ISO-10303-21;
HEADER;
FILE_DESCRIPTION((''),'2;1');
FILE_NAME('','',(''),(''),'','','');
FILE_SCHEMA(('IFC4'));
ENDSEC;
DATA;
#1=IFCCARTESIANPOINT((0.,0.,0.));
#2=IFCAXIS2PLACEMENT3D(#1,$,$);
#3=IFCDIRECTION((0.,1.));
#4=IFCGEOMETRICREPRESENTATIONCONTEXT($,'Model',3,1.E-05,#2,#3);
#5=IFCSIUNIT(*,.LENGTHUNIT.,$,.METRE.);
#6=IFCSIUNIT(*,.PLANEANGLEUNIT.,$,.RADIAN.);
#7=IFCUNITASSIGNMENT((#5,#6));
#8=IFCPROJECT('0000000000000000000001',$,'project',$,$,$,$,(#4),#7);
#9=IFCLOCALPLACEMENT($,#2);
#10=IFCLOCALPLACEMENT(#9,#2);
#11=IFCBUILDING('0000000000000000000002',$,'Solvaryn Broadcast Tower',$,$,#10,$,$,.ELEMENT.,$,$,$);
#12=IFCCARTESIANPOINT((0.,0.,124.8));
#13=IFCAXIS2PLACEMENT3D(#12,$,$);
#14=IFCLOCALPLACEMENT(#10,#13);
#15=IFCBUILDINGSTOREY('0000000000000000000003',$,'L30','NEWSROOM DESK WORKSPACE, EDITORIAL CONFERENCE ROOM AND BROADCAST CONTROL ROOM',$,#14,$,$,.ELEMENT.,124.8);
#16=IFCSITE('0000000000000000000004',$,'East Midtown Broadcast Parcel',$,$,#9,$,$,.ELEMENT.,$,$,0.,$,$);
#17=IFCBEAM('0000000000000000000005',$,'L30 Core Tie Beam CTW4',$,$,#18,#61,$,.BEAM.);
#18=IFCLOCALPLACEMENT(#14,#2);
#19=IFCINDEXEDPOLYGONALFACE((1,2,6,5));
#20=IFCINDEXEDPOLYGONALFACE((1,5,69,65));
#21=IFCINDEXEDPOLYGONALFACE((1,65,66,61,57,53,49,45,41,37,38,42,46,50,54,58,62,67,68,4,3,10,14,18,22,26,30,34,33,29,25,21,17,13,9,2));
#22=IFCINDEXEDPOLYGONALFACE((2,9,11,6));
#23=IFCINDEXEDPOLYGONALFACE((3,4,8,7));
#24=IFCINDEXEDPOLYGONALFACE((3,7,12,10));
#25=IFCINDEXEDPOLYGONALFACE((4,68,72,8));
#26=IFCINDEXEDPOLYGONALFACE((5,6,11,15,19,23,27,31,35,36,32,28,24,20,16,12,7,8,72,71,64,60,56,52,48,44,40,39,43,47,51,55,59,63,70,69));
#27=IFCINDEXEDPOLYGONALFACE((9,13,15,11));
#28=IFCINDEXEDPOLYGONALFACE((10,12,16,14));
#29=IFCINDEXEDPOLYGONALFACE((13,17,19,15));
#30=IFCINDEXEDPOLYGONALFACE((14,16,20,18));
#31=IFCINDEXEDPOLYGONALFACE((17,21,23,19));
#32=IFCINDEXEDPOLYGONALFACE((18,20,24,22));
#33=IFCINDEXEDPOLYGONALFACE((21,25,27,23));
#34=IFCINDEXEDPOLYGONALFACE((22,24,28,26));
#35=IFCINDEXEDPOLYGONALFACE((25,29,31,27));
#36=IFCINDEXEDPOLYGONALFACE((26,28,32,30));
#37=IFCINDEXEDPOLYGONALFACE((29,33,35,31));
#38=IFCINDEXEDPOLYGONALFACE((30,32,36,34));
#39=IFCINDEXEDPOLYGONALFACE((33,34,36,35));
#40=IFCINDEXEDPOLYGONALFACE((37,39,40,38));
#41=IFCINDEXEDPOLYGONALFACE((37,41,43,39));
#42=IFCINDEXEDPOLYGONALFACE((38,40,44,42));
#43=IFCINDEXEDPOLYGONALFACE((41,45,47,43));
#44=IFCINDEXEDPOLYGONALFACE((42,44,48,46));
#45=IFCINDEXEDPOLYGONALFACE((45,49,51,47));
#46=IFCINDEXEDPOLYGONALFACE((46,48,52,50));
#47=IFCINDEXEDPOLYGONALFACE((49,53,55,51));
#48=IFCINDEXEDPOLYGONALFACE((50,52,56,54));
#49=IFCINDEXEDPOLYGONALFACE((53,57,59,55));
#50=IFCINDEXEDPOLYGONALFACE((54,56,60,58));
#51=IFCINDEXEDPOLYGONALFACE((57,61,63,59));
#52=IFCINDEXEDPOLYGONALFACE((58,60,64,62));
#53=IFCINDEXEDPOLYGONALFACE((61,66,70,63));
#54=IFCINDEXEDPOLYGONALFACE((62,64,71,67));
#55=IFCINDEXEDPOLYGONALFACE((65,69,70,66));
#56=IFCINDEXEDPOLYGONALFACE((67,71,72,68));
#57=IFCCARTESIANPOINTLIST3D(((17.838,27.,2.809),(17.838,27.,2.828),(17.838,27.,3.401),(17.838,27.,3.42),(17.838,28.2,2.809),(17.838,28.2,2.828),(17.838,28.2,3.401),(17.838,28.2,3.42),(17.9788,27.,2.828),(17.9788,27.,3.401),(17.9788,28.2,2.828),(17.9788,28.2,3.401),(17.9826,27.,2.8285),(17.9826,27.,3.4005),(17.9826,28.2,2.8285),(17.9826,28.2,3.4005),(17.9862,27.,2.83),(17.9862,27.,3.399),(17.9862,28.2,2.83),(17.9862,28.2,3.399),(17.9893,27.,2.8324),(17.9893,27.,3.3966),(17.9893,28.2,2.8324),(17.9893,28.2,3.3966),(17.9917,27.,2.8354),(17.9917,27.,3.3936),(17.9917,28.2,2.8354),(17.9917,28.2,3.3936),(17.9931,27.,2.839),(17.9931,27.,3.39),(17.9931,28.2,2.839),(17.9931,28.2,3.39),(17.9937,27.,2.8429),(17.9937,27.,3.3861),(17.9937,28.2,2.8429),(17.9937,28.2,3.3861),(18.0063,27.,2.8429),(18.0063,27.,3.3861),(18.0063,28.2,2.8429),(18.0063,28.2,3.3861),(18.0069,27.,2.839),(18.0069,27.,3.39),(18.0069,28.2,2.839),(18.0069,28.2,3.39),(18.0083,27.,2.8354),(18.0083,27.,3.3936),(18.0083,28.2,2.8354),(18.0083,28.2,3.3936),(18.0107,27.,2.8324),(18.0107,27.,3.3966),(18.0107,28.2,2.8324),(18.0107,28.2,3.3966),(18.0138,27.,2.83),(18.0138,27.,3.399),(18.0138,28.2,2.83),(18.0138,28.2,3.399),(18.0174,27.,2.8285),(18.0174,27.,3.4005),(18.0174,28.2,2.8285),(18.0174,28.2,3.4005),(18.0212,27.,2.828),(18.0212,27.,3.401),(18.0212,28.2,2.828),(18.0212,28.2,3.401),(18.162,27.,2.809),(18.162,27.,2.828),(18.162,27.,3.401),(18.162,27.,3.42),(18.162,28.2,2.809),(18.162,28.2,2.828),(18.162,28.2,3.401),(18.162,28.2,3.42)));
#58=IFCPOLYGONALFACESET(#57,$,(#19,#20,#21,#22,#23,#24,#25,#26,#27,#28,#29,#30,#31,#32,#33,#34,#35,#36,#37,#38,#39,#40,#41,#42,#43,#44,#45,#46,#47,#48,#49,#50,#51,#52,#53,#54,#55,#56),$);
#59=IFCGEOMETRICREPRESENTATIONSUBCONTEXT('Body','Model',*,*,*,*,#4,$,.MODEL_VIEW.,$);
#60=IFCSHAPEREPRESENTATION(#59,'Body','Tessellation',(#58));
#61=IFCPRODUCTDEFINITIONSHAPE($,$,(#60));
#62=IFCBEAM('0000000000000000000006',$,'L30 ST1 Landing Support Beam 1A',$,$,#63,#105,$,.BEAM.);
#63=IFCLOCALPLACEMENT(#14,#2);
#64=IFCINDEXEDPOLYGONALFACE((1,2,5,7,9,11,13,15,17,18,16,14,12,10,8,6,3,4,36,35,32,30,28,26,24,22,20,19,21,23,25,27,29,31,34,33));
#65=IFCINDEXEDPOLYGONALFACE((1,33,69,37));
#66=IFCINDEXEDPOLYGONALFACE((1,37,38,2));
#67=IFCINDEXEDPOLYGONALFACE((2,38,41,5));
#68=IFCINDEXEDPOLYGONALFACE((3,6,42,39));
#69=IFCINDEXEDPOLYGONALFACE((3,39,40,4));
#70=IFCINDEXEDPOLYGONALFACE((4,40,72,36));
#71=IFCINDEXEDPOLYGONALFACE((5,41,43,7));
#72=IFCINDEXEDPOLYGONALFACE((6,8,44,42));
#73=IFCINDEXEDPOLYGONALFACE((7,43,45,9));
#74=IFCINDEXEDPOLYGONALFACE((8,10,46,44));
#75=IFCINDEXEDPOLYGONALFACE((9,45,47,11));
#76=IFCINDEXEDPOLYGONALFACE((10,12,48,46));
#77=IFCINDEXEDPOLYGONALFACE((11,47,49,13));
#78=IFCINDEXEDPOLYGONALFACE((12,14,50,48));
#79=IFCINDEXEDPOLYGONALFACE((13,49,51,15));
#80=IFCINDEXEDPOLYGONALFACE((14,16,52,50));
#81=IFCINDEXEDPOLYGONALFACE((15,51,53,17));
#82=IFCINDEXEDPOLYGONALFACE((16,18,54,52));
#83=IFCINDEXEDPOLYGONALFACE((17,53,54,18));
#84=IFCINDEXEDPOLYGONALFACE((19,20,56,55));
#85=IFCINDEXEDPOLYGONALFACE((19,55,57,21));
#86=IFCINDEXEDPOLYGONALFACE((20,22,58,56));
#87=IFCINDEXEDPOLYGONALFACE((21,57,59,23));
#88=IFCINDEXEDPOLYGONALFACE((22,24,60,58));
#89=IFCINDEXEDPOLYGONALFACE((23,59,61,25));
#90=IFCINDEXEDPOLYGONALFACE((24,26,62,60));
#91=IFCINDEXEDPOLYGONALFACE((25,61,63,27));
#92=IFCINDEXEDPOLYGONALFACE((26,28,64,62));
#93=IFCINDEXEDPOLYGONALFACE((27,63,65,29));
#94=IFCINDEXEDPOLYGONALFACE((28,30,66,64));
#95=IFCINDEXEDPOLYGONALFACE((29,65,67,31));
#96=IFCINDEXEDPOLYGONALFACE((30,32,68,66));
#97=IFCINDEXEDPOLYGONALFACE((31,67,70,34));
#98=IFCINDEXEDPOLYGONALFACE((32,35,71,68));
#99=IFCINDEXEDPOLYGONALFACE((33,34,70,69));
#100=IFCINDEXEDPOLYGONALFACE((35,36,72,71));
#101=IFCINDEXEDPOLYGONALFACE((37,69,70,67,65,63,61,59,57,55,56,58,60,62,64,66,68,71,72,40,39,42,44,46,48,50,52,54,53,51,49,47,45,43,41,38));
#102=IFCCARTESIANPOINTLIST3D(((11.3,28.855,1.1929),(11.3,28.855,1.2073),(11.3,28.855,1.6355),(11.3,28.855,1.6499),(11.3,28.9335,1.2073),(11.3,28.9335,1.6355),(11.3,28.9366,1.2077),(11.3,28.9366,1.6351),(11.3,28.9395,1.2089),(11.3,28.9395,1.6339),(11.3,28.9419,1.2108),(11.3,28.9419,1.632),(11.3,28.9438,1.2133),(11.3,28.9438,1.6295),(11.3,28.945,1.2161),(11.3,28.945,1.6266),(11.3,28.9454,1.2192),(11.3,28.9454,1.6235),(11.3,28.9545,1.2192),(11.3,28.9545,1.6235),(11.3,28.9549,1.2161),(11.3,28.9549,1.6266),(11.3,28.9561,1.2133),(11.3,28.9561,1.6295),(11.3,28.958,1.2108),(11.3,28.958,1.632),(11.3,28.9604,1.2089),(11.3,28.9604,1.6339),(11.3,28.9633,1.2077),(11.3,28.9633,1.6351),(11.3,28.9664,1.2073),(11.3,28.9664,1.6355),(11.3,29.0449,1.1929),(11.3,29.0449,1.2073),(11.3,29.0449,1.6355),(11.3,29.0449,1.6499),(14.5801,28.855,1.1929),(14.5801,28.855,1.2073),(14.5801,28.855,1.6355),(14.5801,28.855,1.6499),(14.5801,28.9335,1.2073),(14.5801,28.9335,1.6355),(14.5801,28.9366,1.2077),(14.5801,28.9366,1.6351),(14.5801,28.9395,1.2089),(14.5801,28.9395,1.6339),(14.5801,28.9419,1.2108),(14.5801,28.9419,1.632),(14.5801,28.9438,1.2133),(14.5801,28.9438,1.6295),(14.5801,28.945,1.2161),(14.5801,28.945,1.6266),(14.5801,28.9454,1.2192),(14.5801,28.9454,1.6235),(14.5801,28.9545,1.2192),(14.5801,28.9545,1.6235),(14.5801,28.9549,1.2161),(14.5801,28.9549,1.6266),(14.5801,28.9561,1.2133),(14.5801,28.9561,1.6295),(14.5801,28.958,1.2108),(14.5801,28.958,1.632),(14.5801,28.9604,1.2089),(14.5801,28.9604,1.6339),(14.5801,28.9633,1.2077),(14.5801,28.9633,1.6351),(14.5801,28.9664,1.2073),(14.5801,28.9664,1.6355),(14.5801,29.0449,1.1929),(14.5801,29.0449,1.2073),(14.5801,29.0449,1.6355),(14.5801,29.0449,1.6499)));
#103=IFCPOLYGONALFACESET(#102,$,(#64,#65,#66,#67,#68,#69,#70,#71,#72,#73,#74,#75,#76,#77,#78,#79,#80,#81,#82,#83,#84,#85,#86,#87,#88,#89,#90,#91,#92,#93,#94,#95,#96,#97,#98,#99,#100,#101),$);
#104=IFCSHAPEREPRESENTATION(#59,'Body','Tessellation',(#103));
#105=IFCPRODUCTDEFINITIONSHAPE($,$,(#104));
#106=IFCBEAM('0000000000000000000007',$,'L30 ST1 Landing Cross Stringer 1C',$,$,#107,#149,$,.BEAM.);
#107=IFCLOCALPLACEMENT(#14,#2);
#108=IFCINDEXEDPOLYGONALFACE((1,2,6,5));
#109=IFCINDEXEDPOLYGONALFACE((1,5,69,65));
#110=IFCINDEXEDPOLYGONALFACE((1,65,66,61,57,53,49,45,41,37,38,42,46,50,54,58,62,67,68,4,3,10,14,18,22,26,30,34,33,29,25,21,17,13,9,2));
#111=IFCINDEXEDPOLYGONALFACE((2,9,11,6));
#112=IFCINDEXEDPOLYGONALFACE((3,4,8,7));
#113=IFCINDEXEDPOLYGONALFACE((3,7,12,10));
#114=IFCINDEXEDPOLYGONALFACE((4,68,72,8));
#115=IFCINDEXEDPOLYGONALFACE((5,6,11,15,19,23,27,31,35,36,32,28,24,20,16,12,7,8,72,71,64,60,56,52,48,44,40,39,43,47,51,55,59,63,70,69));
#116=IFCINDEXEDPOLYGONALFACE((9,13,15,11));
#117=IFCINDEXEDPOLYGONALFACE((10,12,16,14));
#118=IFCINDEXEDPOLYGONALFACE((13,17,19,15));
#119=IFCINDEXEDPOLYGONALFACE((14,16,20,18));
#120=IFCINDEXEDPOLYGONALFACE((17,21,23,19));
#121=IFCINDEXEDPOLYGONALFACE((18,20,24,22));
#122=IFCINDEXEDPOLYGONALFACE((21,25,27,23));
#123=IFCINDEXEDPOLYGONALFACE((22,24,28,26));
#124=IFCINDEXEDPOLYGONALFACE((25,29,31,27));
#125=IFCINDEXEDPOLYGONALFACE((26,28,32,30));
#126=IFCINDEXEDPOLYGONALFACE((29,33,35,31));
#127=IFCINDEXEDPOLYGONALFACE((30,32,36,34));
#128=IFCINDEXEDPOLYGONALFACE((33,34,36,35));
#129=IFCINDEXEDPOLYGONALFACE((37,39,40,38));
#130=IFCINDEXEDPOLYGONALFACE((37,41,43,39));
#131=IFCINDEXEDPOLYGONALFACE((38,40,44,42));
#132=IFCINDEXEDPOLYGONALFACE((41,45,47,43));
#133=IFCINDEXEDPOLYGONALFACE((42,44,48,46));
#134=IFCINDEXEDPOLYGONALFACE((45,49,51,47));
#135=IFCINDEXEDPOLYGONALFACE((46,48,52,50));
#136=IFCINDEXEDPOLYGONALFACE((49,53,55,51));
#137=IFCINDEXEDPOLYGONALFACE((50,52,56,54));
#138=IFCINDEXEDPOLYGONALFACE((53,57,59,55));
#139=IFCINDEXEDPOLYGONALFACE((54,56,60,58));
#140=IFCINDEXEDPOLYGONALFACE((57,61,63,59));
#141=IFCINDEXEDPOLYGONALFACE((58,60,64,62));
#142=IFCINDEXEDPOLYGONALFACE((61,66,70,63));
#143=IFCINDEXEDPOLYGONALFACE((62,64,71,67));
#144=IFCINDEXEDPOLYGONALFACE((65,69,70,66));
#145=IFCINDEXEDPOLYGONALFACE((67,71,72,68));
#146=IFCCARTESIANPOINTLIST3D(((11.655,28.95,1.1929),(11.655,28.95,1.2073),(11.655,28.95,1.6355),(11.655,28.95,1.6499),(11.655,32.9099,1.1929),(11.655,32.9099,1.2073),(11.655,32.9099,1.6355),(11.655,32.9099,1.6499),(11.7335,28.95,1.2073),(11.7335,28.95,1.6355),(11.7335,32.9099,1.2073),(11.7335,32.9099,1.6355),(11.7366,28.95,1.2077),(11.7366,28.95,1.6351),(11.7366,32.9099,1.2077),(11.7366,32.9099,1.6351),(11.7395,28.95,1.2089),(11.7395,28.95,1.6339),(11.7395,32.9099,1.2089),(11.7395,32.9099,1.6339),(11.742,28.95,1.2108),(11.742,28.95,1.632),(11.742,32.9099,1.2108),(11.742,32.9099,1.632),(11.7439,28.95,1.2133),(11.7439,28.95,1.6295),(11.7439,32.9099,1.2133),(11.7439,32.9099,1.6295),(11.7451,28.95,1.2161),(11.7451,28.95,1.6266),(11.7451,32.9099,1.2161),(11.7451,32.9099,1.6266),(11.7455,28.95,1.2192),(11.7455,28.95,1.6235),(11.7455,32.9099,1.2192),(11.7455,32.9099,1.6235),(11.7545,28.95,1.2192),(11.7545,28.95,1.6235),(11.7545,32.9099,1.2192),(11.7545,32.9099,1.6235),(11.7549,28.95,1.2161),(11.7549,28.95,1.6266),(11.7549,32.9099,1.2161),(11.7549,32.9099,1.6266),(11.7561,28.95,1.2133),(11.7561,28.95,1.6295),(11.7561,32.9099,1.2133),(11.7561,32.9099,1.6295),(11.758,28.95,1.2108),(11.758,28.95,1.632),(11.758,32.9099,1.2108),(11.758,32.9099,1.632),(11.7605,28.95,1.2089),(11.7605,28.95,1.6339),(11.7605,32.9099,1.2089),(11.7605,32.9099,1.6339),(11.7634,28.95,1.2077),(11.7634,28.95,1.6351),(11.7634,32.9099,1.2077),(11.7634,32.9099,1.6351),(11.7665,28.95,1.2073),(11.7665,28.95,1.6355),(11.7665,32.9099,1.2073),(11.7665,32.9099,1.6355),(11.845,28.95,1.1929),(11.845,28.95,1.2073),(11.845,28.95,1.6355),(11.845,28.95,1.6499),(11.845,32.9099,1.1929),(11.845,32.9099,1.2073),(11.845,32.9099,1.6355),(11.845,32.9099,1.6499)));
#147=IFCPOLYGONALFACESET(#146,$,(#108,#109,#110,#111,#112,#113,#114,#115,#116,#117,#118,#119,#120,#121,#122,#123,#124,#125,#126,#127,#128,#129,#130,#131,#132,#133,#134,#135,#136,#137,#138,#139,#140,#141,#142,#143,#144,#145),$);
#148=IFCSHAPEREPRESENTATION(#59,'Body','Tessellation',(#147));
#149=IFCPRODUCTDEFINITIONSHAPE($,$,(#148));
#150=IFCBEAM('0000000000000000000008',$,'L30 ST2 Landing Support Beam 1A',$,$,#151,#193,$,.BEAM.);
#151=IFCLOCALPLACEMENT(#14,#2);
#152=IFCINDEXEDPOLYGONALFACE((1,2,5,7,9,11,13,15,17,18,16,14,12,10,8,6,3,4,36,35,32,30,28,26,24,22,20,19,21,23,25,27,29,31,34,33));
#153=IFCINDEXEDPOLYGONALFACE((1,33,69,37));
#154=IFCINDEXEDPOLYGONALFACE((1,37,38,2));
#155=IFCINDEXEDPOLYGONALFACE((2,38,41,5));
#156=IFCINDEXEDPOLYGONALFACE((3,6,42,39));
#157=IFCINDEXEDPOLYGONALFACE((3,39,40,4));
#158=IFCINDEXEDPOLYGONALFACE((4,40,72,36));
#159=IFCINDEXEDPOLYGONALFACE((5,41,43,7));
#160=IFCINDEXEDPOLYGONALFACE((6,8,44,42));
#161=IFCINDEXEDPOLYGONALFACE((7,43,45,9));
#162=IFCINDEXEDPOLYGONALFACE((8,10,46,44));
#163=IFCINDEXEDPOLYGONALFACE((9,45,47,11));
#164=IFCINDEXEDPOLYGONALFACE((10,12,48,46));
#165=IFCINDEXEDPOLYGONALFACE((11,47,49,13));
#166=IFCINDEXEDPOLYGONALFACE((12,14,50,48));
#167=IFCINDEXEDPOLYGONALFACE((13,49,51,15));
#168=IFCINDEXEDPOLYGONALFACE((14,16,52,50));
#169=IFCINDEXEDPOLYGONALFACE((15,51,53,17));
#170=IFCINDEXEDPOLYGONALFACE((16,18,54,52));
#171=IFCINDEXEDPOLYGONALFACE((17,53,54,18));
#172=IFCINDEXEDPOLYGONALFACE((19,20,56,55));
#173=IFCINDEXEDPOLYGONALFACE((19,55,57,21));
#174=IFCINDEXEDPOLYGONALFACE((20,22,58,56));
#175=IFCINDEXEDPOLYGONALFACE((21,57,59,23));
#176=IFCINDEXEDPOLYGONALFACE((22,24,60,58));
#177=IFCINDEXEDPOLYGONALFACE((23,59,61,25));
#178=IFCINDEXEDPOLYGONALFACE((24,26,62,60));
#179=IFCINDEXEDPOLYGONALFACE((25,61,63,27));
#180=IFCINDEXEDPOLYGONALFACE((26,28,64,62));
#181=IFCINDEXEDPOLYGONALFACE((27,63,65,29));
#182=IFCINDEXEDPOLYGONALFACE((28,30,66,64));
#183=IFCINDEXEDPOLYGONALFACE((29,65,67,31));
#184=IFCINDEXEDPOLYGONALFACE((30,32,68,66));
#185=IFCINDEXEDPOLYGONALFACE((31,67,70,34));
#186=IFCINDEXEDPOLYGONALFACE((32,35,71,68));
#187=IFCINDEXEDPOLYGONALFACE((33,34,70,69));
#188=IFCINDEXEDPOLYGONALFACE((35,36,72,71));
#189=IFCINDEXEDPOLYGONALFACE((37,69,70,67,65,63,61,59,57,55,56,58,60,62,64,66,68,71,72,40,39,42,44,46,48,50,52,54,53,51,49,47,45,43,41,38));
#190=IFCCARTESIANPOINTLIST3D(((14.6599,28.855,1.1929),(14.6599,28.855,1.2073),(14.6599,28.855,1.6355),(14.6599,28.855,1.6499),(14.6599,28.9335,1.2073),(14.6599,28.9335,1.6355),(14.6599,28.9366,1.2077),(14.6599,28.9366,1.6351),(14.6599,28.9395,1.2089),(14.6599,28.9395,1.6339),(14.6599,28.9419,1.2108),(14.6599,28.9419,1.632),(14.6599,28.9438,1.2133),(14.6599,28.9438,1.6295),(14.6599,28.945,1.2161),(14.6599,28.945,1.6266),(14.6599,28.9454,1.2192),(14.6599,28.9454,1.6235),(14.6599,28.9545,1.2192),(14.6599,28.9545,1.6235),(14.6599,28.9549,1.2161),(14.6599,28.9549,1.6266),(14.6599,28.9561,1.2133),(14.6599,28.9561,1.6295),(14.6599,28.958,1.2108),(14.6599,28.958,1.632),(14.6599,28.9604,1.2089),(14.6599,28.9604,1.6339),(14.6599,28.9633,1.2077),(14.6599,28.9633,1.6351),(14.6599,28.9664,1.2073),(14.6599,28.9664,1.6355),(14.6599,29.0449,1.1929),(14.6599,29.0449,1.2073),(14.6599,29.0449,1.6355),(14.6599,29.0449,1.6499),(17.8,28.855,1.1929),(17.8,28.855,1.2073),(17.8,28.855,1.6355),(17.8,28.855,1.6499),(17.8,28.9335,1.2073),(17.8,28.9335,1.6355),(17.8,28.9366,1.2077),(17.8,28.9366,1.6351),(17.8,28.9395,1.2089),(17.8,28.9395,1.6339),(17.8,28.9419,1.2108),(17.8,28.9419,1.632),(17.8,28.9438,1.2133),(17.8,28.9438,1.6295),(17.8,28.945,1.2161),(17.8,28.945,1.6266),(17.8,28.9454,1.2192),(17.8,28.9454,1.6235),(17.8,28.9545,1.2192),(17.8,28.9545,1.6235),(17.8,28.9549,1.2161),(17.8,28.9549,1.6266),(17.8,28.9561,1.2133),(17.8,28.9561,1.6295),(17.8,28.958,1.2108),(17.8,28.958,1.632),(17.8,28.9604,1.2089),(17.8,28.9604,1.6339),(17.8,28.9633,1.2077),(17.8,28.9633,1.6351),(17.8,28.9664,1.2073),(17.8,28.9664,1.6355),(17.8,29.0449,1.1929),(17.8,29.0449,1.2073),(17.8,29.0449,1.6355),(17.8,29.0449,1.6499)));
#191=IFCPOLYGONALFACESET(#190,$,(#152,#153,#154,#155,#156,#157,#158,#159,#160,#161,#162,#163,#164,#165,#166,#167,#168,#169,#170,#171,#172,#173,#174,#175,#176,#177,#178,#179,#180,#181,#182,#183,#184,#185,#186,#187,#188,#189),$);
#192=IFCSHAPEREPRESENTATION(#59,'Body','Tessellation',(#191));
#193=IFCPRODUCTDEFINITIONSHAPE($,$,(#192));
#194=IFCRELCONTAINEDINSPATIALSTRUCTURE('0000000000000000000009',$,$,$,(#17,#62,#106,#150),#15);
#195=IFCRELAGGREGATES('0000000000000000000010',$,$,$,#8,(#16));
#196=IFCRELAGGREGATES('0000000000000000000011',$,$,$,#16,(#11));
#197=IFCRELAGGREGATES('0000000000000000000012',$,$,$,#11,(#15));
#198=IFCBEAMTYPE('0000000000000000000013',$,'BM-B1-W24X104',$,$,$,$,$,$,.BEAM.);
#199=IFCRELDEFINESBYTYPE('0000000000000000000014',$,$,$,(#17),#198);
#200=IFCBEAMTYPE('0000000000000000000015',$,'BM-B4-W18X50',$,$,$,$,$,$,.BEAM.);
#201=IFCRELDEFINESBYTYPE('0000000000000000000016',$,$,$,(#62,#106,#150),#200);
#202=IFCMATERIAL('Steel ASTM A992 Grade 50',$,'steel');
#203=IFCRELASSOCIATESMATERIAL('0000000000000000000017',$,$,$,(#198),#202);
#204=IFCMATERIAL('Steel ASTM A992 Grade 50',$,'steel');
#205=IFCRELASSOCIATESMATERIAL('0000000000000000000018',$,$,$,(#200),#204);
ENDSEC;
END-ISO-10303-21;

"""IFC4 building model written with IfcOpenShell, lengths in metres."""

from ifc_helpers import new_model, si_unit, direction, frame, origin, origin_2d, place, context, subcontext, project, spatial, i_section, extrude, material, material_profile, profile_set, type_object, element, save


model = new_model("IFC4")

# Units and contexts
model_context = context("Model", 3, precision=1e-05, world=origin(), true_north=direction((0.0, 1.0)))
body_context = subcontext(model_context, "Body", "Model", "MODEL_VIEW")
ifc_project = project(units=[si_unit("LENGTHUNIT", "METRE"), si_unit("PLANEANGLEUNIT", "RADIAN")], contexts=[model_context])

# Site, building, storey
site_placement = place(None, origin())
site = spatial("IfcSite", under=ifc_project, at=site_placement, Name="East Midtown Broadcast Parcel", CompositionType="ELEMENT", RefElevation=0.0)
building_placement = place(site_placement, origin())
building = spatial("IfcBuilding", under=site, at=building_placement, Name="Solvaryn Broadcast Tower", CompositionType="ELEMENT")
storey_placement = place(building_placement, frame((0.0, 0.0, 124.8)))
storey = spatial("IfcBuildingStorey", under=building, at=storey_placement, Name="L30", Description="NEWSROOM DESK WORKSPACE, EDITORIAL CONFERENCE ROOM AND BROADCAST CONTROL ROOM", CompositionType="ELEMENT", Elevation=124.8)

# Beams
ifc_material_1 = material(Name="Steel ASTM A992 Grade 50", Category="steel")
ifc_material_profile_1 = material_profile(ifc_material_1, i_section(OverallWidth=0.324, OverallDepth=0.6111, WebThickness=0.0127, FlangeThickness=0.019, FilletRadius=0.0149, at=origin_2d()))
ifc_profile_set_1 = profile_set([ifc_material_profile_1], Name="Steel ASTM A992 Grade 50")
beam_type_1 = type_object("IfcBeamType", Name="BM-B1-W24X104", PredefinedType="BEAM", material=ifc_profile_set_1)
beam_1_placement = place(storey_placement, frame((18.0, 27.0, 3.1145), z_axis=(0.0, 1.0, 0.0), x_axis=(-1.0, 0.0, 0.0)))
element("IfcBeam", 1, at=beam_1_placement, inside=storey, type_object=beam_type_1, Name="L30 Core Tie Beam CTW4", PredefinedType="BEAM", context=body_context, shape_type="SweptSolid", body=[
    extrude(i_section(OverallWidth=0.324, OverallDepth=0.6111, WebThickness=0.0127, FlangeThickness=0.019, FilletRadius=0.0149, at=origin_2d()), origin(), (0.0, 0.0, 1.0), 1.2),
])
ifc_material_2 = material(Name="Steel ASTM A992 Grade 50", Category="steel")
ifc_material_profile_2 = material_profile(ifc_material_2, i_section(OverallWidth=0.1899, OverallDepth=0.457, WebThickness=0.009, FlangeThickness=0.0144, FilletRadius=0.012, at=origin_2d()))
ifc_profile_set_2 = profile_set([ifc_material_profile_2], Name="Steel ASTM A992 Grade 50")
beam_type_2 = type_object("IfcBeamType", Name="BM-B4-W18X50", PredefinedType="BEAM", material=ifc_profile_set_2)
beam_2_placement = place(storey_placement, frame((11.3, 28.95, 1.4214), z_axis=(1.0, 0.0, 0.0), x_axis=(0.0, 1.0, 0.0)))
element("IfcBeam", 2, at=beam_2_placement, inside=storey, type_object=beam_type_2, Name="L30 ST1 Landing Support Beam 1A", PredefinedType="BEAM", context=body_context, shape_type="SweptSolid", body=[
    extrude(i_section(OverallWidth=0.1899, OverallDepth=0.457, WebThickness=0.009, FlangeThickness=0.0144, FilletRadius=0.012, at=origin_2d()), origin(), (0.0, 0.0, 1.0), 3.28),
])
beam_3_placement = place(storey_placement, frame((11.75, 28.95, 1.4214), z_axis=(0.0, 1.0, 0.0), x_axis=(-1.0, 0.0, 0.0)))
element("IfcBeam", 3, at=beam_3_placement, inside=storey, type_object=beam_type_2, Name="L30 ST1 Landing Cross Stringer 1C", PredefinedType="BEAM", context=body_context, shape_type="SweptSolid", body=[
    extrude(i_section(OverallWidth=0.1899, OverallDepth=0.457, WebThickness=0.009, FlangeThickness=0.0144, FilletRadius=0.012, at=origin_2d()), origin(), (0.0, 0.0, 1.0), 3.96),
])
beam_4_placement = place(storey_placement, frame((14.6599, 28.95, 1.4214), z_axis=(1.0, 0.0, 0.0), x_axis=(0.0, 1.0, 0.0)))
element("IfcBeam", 4, at=beam_4_placement, inside=storey, type_object=beam_type_2, Name="L30 ST2 Landing Support Beam 1A", PredefinedType="BEAM", context=body_context, shape_type="SweptSolid", body=[
    extrude(i_section(OverallWidth=0.1899, OverallDepth=0.457, WebThickness=0.009, FlangeThickness=0.0144, FilletRadius=0.012, at=origin_2d()), origin(), (0.0, 0.0, 1.0), 3.1401),
])

save(model, "model.ifc")
